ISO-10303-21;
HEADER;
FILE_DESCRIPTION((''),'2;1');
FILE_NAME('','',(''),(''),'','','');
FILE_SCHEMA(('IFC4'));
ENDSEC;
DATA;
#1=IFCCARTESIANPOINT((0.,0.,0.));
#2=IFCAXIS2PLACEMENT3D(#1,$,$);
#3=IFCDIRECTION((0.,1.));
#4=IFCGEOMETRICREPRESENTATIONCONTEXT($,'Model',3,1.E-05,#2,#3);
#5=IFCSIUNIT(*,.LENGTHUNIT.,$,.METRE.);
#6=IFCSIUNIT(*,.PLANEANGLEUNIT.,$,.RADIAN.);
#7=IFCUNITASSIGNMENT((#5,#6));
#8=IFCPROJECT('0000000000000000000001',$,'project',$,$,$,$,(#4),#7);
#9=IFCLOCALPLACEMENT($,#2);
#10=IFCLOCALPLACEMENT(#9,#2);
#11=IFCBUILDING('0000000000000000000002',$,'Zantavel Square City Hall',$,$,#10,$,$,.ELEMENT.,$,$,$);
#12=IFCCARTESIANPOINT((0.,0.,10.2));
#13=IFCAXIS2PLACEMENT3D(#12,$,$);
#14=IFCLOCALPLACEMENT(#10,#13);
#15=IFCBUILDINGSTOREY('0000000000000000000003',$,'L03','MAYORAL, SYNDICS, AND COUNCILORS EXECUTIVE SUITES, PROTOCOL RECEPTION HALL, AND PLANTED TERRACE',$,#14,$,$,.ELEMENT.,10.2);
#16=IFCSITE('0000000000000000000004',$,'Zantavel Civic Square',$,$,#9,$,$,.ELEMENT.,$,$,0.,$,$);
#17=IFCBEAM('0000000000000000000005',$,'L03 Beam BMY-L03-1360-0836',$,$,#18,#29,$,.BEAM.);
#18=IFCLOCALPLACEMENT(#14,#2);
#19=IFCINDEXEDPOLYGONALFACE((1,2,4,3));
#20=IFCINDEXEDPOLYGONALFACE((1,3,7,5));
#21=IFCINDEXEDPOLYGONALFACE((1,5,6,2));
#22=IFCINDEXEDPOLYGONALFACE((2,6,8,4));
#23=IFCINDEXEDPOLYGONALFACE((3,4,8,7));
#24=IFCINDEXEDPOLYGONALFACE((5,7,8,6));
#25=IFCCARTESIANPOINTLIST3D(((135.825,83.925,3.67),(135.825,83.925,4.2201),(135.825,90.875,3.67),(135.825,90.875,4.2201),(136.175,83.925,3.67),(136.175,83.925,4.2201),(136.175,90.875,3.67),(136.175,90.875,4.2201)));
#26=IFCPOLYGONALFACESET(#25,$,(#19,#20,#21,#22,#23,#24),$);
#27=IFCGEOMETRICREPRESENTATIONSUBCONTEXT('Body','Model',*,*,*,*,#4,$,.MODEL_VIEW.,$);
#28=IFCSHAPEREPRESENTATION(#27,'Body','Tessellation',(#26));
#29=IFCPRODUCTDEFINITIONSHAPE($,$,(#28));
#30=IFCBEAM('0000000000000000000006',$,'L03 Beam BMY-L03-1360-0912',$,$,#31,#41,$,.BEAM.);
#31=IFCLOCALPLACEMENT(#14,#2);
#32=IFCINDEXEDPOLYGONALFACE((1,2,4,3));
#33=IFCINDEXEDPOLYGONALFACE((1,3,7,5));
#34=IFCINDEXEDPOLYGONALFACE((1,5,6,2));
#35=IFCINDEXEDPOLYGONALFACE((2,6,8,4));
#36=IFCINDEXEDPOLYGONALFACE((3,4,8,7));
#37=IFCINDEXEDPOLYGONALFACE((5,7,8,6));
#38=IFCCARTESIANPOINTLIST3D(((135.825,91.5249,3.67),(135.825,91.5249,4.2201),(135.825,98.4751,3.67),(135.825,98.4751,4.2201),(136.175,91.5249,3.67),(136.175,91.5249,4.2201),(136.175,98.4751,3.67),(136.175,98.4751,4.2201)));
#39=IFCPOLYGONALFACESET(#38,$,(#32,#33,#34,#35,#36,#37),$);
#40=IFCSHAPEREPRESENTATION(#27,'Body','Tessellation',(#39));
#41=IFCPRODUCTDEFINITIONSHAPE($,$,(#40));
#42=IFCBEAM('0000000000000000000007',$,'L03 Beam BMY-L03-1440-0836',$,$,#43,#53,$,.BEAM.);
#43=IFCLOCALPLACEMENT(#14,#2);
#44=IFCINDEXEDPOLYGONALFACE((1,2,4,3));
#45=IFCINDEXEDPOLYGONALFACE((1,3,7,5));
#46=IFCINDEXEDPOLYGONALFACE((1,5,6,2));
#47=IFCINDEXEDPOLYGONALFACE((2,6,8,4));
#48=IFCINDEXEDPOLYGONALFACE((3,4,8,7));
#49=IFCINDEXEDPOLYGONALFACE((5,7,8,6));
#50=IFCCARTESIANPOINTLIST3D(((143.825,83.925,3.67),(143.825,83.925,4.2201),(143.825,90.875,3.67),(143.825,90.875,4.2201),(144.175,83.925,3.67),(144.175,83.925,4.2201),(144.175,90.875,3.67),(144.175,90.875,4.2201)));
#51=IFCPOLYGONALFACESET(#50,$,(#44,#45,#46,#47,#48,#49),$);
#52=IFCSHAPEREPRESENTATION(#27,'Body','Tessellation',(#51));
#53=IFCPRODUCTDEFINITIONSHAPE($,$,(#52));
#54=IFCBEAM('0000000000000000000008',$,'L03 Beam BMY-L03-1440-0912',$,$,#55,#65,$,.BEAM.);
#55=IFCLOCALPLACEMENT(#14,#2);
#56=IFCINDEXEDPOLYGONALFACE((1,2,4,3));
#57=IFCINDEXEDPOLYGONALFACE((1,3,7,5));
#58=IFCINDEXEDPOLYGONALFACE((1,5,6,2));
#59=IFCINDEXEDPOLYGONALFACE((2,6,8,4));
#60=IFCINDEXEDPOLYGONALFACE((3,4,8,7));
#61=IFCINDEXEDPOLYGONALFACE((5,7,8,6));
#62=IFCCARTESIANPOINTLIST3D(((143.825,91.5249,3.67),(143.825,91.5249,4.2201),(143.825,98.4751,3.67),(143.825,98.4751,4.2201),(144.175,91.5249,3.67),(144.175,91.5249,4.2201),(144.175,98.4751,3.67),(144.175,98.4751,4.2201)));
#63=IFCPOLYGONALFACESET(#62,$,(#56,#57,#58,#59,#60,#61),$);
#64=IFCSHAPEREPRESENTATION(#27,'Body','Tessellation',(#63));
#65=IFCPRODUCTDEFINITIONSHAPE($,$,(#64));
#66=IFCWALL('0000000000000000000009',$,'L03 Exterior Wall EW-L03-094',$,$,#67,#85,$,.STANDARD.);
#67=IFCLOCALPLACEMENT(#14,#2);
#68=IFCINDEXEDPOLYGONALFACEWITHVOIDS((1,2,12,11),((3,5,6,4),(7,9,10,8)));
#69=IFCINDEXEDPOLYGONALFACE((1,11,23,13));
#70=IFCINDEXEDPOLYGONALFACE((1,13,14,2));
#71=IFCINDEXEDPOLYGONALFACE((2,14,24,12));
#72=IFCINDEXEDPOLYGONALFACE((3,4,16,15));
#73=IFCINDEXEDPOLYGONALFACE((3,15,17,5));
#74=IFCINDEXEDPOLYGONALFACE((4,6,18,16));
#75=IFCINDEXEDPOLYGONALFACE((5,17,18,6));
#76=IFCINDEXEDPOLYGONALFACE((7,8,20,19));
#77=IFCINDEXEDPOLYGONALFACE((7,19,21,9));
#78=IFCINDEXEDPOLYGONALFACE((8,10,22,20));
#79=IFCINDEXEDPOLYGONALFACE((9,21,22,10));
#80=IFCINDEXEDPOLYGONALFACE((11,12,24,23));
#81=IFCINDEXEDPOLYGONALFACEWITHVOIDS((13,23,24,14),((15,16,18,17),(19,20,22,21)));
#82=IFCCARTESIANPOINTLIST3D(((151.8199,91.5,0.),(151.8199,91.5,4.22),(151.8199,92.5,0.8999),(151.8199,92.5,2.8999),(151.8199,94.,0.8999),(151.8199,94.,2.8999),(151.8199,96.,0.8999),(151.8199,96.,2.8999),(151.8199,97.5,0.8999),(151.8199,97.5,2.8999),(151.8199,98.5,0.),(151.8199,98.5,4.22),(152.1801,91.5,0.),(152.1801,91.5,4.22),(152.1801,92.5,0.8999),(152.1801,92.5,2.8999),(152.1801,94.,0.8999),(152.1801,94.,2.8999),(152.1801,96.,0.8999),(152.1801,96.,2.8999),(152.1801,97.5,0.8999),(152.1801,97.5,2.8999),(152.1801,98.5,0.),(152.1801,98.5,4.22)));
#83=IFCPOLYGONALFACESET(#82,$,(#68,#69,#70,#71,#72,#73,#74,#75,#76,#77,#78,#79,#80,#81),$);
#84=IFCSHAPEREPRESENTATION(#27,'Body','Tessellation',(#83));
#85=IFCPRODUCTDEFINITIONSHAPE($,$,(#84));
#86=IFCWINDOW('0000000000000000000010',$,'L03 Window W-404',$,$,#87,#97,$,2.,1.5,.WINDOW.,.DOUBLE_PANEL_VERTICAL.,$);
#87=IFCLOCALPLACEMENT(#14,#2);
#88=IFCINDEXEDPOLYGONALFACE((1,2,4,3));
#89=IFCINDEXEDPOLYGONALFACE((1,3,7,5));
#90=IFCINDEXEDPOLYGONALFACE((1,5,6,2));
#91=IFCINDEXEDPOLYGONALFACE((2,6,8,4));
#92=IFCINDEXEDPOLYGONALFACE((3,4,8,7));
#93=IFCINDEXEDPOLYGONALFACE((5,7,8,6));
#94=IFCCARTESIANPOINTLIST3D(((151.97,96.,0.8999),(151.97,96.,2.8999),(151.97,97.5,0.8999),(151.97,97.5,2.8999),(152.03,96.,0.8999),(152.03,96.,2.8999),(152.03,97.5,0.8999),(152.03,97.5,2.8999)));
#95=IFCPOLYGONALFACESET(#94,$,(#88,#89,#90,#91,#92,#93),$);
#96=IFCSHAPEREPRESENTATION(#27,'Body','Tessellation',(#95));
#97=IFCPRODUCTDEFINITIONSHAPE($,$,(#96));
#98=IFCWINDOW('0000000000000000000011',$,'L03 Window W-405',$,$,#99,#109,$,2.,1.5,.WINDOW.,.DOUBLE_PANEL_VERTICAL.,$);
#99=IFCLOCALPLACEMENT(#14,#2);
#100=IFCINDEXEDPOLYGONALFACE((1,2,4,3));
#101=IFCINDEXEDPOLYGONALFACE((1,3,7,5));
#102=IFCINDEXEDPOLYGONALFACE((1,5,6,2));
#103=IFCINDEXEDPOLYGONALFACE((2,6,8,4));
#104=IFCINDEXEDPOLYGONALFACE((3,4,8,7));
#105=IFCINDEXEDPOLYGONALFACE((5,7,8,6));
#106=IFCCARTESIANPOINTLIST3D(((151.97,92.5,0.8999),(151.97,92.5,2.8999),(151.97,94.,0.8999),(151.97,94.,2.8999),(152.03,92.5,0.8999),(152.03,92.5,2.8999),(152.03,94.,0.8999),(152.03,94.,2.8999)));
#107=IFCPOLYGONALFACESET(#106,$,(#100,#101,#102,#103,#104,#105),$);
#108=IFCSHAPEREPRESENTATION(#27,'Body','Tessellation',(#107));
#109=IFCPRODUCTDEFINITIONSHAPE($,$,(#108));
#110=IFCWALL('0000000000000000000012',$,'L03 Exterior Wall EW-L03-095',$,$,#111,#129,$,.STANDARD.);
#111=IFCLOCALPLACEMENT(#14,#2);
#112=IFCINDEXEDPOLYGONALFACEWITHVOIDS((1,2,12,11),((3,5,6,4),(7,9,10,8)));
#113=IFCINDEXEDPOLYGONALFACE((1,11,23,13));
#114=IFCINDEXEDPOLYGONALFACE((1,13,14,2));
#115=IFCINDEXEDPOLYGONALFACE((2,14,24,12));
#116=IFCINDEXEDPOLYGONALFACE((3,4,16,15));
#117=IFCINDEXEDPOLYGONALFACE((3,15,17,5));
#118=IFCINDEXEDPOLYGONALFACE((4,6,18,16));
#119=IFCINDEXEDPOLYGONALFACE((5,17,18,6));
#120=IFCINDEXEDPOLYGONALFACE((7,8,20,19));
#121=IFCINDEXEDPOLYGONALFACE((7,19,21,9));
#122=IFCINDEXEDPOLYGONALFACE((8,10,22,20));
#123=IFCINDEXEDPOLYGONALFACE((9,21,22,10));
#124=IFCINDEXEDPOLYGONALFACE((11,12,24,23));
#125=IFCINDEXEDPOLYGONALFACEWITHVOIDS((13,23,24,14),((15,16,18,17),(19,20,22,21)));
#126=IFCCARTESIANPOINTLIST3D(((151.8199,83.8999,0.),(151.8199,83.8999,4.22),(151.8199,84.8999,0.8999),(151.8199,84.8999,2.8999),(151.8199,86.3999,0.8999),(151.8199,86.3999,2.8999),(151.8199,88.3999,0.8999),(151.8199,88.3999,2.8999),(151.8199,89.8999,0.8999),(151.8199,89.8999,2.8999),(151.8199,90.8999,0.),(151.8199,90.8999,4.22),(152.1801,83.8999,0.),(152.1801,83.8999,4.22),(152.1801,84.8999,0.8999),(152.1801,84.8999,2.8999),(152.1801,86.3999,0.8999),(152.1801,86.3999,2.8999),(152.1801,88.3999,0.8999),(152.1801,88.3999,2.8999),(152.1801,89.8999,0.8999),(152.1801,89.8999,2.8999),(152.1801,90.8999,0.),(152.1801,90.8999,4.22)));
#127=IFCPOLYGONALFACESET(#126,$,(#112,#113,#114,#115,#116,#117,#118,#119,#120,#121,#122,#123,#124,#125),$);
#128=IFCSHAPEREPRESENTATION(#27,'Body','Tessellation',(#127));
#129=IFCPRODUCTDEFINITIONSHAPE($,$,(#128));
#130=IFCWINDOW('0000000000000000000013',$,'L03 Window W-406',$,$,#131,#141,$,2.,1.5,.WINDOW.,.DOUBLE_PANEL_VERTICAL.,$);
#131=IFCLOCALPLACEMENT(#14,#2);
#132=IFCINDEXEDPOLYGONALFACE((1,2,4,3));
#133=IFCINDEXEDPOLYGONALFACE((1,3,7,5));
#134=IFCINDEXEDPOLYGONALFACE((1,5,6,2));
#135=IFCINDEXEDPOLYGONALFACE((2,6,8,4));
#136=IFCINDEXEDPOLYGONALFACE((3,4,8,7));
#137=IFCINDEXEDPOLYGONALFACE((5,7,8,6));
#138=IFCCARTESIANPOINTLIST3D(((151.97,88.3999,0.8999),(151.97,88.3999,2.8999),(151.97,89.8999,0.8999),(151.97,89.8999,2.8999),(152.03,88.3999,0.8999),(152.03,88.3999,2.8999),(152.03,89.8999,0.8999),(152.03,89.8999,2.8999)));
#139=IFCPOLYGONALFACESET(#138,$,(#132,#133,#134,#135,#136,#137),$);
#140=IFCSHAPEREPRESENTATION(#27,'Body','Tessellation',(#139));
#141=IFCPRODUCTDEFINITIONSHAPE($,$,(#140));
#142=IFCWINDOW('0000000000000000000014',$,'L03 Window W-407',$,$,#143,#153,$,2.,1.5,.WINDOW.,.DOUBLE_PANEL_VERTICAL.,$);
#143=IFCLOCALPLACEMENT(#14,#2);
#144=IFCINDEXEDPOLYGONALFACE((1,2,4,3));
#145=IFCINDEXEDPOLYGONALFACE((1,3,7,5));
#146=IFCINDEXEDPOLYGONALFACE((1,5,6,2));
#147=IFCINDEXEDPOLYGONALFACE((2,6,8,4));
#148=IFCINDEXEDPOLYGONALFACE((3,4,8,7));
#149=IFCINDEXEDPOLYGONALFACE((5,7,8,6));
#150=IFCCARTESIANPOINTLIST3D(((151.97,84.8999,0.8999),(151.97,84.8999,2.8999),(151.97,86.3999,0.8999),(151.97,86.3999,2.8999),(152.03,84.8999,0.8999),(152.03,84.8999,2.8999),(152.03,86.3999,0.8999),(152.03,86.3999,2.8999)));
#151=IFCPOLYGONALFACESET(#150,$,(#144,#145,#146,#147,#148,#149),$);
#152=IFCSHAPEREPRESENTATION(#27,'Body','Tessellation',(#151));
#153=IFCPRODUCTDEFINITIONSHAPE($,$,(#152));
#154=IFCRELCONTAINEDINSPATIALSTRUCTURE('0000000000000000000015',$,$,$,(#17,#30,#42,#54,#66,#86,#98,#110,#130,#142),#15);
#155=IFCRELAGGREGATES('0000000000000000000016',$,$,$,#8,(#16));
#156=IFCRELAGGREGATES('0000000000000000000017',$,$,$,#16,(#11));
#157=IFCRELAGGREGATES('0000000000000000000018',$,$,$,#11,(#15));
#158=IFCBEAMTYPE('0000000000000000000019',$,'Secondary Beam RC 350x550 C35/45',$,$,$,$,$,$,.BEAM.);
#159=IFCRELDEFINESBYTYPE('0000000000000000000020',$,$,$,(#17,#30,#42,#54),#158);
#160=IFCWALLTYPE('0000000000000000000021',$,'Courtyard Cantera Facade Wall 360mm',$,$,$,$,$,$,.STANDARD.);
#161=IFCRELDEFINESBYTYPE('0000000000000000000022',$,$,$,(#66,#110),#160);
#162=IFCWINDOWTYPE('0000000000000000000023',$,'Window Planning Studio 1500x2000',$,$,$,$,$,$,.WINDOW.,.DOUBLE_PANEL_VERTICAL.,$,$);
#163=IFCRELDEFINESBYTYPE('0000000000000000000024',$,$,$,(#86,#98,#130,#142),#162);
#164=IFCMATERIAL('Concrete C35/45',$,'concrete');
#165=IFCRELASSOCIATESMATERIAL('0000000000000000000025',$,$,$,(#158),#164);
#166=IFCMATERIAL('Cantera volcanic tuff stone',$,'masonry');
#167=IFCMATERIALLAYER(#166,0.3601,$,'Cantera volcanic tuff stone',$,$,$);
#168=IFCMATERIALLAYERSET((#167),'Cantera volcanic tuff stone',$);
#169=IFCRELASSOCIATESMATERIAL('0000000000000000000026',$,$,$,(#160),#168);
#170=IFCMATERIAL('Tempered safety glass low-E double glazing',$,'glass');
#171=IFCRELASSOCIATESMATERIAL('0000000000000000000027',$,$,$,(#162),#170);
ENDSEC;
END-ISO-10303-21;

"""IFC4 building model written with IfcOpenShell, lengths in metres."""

from ifc_helpers import new_model, si_unit, direction, frame, frame_2d, origin, origin_2d, place, context, subcontext, project, spatial, rectangle, extrude, material, layer, layer_set, material_profile, profile_set, type_object, element, fill, save


model = new_model("IFC4")

# Units and contexts
model_context = context("Model", 3, precision=1e-05, world=origin(), true_north=direction((0.0, 1.0)))
body_context = subcontext(model_context, "Body", "Model", "MODEL_VIEW")
ifc_project = project(units=[si_unit("LENGTHUNIT", "METRE"), si_unit("PLANEANGLEUNIT", "RADIAN")], contexts=[model_context])

# Site, building, storey
site_placement = place(None, origin())
site = spatial("IfcSite", under=ifc_project, at=site_placement, Name="Zantavel Civic Square", CompositionType="ELEMENT", RefElevation=0.0)
building_placement = place(site_placement, origin())
building = spatial("IfcBuilding", under=site, at=building_placement, Name="Zantavel Square City Hall", CompositionType="ELEMENT")
storey_placement = place(building_placement, frame((0.0, 0.0, 10.2)))
storey = spatial("IfcBuildingStorey", under=building, at=storey_placement, Name="L03", Description="MAYORAL, SYNDICS, AND COUNCILORS EXECUTIVE SUITES, PROTOCOL RECEPTION HALL, AND PLANTED TERRACE", CompositionType="ELEMENT", Elevation=10.2)

# Beams
ifc_material_1 = material(Name="Concrete C35/45", Category="concrete")
ifc_material_profile_1 = material_profile(ifc_material_1, rectangle(XDim=0.3501, YDim=0.55, at=origin_2d()), Name="RC 350x550")
ifc_profile_set_1 = profile_set([ifc_material_profile_1], Name="Concrete C35/45")
beam_type_1 = type_object("IfcBeamType", Name="Secondary Beam RC 350x550 C35/45", PredefinedType="BEAM", material=ifc_profile_set_1)
beam_1_placement = place(storey_placement, frame((136.0, 83.925, 3.9451), z_axis=(0.0, 1.0, 0.0), x_axis=(-1.0, 0.0, 0.0)))
element("IfcBeam", 1, at=beam_1_placement, inside=storey, type_object=beam_type_1, Name="L03 Beam BMY-L03-1360-0836", PredefinedType="BEAM", context=body_context, shape_type="SweptSolid", body=[
    extrude(rectangle(XDim=0.3501, YDim=0.55, at=origin_2d()), origin(), (0.0, 0.0, 1.0), 6.95),
])
beam_2_placement = place(storey_placement, frame((136.0, 91.5249, 3.9451), z_axis=(0.0, 1.0, 0.0), x_axis=(-1.0, 0.0, 0.0)))
element("IfcBeam", 2, at=beam_2_placement, inside=storey, type_object=beam_type_1, Name="L03 Beam BMY-L03-1360-0912", PredefinedType="BEAM", context=body_context, shape_type="SweptSolid", body=[
    extrude(rectangle(XDim=0.3501, YDim=0.55, at=origin_2d()), origin(), (0.0, 0.0, 1.0), 6.9502),
])
beam_3_placement = place(storey_placement, frame((144.0, 83.925, 3.9451), z_axis=(0.0, 1.0, 0.0), x_axis=(-1.0, 0.0, 0.0)))
element("IfcBeam", 3, at=beam_3_placement, inside=storey, type_object=beam_type_1, Name="L03 Beam BMY-L03-1440-0836", PredefinedType="BEAM", context=body_context, shape_type="SweptSolid", body=[
    extrude(rectangle(XDim=0.3501, YDim=0.55, at=origin_2d()), origin(), (0.0, 0.0, 1.0), 6.95),
])
beam_4_placement = place(storey_placement, frame((144.0, 91.5249, 3.9451), z_axis=(0.0, 1.0, 0.0), x_axis=(-1.0, 0.0, 0.0)))
element("IfcBeam", 4, at=beam_4_placement, inside=storey, type_object=beam_type_1, Name="L03 Beam BMY-L03-1440-0912", PredefinedType="BEAM", context=body_context, shape_type="SweptSolid", body=[
    extrude(rectangle(XDim=0.3501, YDim=0.55, at=origin_2d()), origin(), (0.0, 0.0, 1.0), 6.9502),
])

# Walls, openings, windows
ifc_material_2 = material(Name="Cantera volcanic tuff stone", Category="masonry")
ifc_layer_1 = layer(ifc_material_2, 0.3601, Name="Cantera volcanic tuff stone")
ifc_layer_set_1 = layer_set([ifc_layer_1], Name="Cantera volcanic tuff stone")
wall_type_1 = type_object("IfcWallType", Name="Courtyard Cantera Facade Wall 360mm", PredefinedType="STANDARD", material=ifc_layer_set_1)
wall_1_placement = place(storey_placement, frame((152.0, 98.5, 0.0), z_axis=(0.0, 0.0, 1.0), x_axis=(0.0, -1.0, 0.0)))
wall_1 = element("IfcWall", 5, at=wall_1_placement, inside=storey, type_object=wall_type_1, Name="L03 Exterior Wall EW-L03-094", PredefinedType="STANDARD", context=body_context, shape_type="SweptSolid", body=[
    extrude(rectangle(XDim=7.0, YDim=0.3601, at=frame_2d((3.5, 0.0))), origin(), (0.0, 0.0, 1.0), 4.22),
])
opening_1_placement = place(wall_1_placement, frame((1.0, 0.0, 0.8999)))
opening_1 = element("IfcOpeningElement", 6, at=opening_1_placement, cuts=wall_1, PredefinedType="OPENING", context=body_context, shape_type="SweptSolid", body=[
    extrude(rectangle(XDim=1.5, YDim=2.0, at=frame_2d((0.75, 1.0))), frame((0.0, 0.1899, 0.0), z_axis=(0.0, -1.0, 0.0), x_axis=(1.0, 0.0, 0.0)), (0.0, 0.0, 1.0), 0.3801),
])
opening_2_placement = place(wall_1_placement, frame((4.5, 0.0, 0.8999)))
opening_2 = element("IfcOpeningElement", 7, at=opening_2_placement, cuts=wall_1, PredefinedType="OPENING", context=body_context, shape_type="SweptSolid", body=[
    extrude(rectangle(XDim=1.5, YDim=2.0, at=frame_2d((0.75, 1.0))), frame((0.0, 0.1899, 0.0), z_axis=(0.0, -1.0, 0.0), x_axis=(1.0, 0.0, 0.0)), (0.0, 0.0, 1.0), 0.3801),
])
ifc_material_3 = material(Name="Tempered safety glass low-E double glazing", Category="glass")
window_type = type_object("IfcWindowType", Name="Window Planning Studio 1500x2000", PartitioningType="DOUBLE_PANEL_VERTICAL", PredefinedType="WINDOW", material=ifc_material_3)
window_1_placement = place(opening_1_placement, origin())
window_1 = element("IfcWindow", 8, at=window_1_placement, inside=storey, type_object=window_type, Name="L03 Window W-404", OverallHeight=2.0, OverallWidth=1.5, PartitioningType="DOUBLE_PANEL_VERTICAL", PredefinedType="WINDOW", context=body_context, shape_type="SweptSolid", body=[
    extrude(rectangle(XDim=1.5, YDim=2.0, at=frame_2d((0.75, 1.0))), frame((0.0, 0.03, 0.0), z_axis=(0.0, -1.0, 0.0), x_axis=(1.0, 0.0, 0.0)), (0.0, 0.0, 1.0), 0.0601),
])
fill(opening_1, window_1)
window_2_placement = place(opening_2_placement, origin())
window_2 = element("IfcWindow", 9, at=window_2_placement, inside=storey, type_object=window_type, Name="L03 Window W-405", OverallHeight=2.0, OverallWidth=1.5, PartitioningType="DOUBLE_PANEL_VERTICAL", PredefinedType="WINDOW", context=body_context, shape_type="SweptSolid", body=[
    extrude(rectangle(XDim=1.5, YDim=2.0, at=frame_2d((0.75, 1.0))), frame((0.0, 0.03, 0.0), z_axis=(0.0, -1.0, 0.0), x_axis=(1.0, 0.0, 0.0)), (0.0, 0.0, 1.0), 0.0601),
])
fill(opening_2, window_2)
wall_2_placement = place(storey_placement, frame((152.0, 90.8999, 0.0), z_axis=(0.0, 0.0, 1.0), x_axis=(0.0, -1.0, 0.0)))
wall_2 = element("IfcWall", 10, at=wall_2_placement, inside=storey, type_object=wall_type_1, Name="L03 Exterior Wall EW-L03-095", PredefinedType="STANDARD", context=body_context, shape_type="SweptSolid", body=[
    extrude(rectangle(XDim=7.0, YDim=0.3601, at=frame_2d((3.5, 0.0))), origin(), (0.0, 0.0, 1.0), 4.22),
])
opening_3_placement = place(wall_2_placement, frame((1.0, 0.0, 0.8999)))
opening_3 = element("IfcOpeningElement", 11, at=opening_3_placement, cuts=wall_2, PredefinedType="OPENING", context=body_context, shape_type="SweptSolid", body=[
    extrude(rectangle(XDim=1.5, YDim=2.0, at=frame_2d((0.75, 1.0))), frame((0.0, 0.1899, 0.0), z_axis=(0.0, -1.0, 0.0), x_axis=(1.0, 0.0, 0.0)), (0.0, 0.0, 1.0), 0.3801),
])
opening_4_placement = place(wall_2_placement, frame((4.5, 0.0, 0.8999)))
opening_4 = element("IfcOpeningElement", 12, at=opening_4_placement, cuts=wall_2, PredefinedType="OPENING", context=body_context, shape_type="SweptSolid", body=[
    extrude(rectangle(XDim=1.5, YDim=2.0, at=frame_2d((0.75, 1.0))), frame((0.0, 0.1899, 0.0), z_axis=(0.0, -1.0, 0.0), x_axis=(1.0, 0.0, 0.0)), (0.0, 0.0, 1.0), 0.3801),
])
window_3_placement = place(opening_3_placement, origin())
window_3 = element("IfcWindow", 13, at=window_3_placement, inside=storey, type_object=window_type, Name="L03 Window W-406", OverallHeight=2.0, OverallWidth=1.5, PartitioningType="DOUBLE_PANEL_VERTICAL", PredefinedType="WINDOW", context=body_context, shape_type="SweptSolid", body=[
    extrude(rectangle(XDim=1.5, YDim=2.0, at=frame_2d((0.75, 1.0))), frame((0.0, 0.03, 0.0), z_axis=(0.0, -1.0, 0.0), x_axis=(1.0, 0.0, 0.0)), (0.0, 0.0, 1.0), 0.0601),
])
fill(opening_3, window_3)
window_4_placement = place(opening_4_placement, origin())
window_4 = element("IfcWindow", 14, at=window_4_placement, inside=storey, type_object=window_type, Name="L03 Window W-407", OverallHeight=2.0, OverallWidth=1.5, PartitioningType="DOUBLE_PANEL_VERTICAL", PredefinedType="WINDOW", context=body_context, shape_type="SweptSolid", body=[
    extrude(rectangle(XDim=1.5, YDim=2.0, at=frame_2d((0.75, 1.0))), frame((0.0, 0.03, 0.0), z_axis=(0.0, -1.0, 0.0), x_axis=(1.0, 0.0, 0.0)), (0.0, 0.0, 1.0), 0.0601),
])
fill(opening_4, window_4)

save(model, "model.ifc")
